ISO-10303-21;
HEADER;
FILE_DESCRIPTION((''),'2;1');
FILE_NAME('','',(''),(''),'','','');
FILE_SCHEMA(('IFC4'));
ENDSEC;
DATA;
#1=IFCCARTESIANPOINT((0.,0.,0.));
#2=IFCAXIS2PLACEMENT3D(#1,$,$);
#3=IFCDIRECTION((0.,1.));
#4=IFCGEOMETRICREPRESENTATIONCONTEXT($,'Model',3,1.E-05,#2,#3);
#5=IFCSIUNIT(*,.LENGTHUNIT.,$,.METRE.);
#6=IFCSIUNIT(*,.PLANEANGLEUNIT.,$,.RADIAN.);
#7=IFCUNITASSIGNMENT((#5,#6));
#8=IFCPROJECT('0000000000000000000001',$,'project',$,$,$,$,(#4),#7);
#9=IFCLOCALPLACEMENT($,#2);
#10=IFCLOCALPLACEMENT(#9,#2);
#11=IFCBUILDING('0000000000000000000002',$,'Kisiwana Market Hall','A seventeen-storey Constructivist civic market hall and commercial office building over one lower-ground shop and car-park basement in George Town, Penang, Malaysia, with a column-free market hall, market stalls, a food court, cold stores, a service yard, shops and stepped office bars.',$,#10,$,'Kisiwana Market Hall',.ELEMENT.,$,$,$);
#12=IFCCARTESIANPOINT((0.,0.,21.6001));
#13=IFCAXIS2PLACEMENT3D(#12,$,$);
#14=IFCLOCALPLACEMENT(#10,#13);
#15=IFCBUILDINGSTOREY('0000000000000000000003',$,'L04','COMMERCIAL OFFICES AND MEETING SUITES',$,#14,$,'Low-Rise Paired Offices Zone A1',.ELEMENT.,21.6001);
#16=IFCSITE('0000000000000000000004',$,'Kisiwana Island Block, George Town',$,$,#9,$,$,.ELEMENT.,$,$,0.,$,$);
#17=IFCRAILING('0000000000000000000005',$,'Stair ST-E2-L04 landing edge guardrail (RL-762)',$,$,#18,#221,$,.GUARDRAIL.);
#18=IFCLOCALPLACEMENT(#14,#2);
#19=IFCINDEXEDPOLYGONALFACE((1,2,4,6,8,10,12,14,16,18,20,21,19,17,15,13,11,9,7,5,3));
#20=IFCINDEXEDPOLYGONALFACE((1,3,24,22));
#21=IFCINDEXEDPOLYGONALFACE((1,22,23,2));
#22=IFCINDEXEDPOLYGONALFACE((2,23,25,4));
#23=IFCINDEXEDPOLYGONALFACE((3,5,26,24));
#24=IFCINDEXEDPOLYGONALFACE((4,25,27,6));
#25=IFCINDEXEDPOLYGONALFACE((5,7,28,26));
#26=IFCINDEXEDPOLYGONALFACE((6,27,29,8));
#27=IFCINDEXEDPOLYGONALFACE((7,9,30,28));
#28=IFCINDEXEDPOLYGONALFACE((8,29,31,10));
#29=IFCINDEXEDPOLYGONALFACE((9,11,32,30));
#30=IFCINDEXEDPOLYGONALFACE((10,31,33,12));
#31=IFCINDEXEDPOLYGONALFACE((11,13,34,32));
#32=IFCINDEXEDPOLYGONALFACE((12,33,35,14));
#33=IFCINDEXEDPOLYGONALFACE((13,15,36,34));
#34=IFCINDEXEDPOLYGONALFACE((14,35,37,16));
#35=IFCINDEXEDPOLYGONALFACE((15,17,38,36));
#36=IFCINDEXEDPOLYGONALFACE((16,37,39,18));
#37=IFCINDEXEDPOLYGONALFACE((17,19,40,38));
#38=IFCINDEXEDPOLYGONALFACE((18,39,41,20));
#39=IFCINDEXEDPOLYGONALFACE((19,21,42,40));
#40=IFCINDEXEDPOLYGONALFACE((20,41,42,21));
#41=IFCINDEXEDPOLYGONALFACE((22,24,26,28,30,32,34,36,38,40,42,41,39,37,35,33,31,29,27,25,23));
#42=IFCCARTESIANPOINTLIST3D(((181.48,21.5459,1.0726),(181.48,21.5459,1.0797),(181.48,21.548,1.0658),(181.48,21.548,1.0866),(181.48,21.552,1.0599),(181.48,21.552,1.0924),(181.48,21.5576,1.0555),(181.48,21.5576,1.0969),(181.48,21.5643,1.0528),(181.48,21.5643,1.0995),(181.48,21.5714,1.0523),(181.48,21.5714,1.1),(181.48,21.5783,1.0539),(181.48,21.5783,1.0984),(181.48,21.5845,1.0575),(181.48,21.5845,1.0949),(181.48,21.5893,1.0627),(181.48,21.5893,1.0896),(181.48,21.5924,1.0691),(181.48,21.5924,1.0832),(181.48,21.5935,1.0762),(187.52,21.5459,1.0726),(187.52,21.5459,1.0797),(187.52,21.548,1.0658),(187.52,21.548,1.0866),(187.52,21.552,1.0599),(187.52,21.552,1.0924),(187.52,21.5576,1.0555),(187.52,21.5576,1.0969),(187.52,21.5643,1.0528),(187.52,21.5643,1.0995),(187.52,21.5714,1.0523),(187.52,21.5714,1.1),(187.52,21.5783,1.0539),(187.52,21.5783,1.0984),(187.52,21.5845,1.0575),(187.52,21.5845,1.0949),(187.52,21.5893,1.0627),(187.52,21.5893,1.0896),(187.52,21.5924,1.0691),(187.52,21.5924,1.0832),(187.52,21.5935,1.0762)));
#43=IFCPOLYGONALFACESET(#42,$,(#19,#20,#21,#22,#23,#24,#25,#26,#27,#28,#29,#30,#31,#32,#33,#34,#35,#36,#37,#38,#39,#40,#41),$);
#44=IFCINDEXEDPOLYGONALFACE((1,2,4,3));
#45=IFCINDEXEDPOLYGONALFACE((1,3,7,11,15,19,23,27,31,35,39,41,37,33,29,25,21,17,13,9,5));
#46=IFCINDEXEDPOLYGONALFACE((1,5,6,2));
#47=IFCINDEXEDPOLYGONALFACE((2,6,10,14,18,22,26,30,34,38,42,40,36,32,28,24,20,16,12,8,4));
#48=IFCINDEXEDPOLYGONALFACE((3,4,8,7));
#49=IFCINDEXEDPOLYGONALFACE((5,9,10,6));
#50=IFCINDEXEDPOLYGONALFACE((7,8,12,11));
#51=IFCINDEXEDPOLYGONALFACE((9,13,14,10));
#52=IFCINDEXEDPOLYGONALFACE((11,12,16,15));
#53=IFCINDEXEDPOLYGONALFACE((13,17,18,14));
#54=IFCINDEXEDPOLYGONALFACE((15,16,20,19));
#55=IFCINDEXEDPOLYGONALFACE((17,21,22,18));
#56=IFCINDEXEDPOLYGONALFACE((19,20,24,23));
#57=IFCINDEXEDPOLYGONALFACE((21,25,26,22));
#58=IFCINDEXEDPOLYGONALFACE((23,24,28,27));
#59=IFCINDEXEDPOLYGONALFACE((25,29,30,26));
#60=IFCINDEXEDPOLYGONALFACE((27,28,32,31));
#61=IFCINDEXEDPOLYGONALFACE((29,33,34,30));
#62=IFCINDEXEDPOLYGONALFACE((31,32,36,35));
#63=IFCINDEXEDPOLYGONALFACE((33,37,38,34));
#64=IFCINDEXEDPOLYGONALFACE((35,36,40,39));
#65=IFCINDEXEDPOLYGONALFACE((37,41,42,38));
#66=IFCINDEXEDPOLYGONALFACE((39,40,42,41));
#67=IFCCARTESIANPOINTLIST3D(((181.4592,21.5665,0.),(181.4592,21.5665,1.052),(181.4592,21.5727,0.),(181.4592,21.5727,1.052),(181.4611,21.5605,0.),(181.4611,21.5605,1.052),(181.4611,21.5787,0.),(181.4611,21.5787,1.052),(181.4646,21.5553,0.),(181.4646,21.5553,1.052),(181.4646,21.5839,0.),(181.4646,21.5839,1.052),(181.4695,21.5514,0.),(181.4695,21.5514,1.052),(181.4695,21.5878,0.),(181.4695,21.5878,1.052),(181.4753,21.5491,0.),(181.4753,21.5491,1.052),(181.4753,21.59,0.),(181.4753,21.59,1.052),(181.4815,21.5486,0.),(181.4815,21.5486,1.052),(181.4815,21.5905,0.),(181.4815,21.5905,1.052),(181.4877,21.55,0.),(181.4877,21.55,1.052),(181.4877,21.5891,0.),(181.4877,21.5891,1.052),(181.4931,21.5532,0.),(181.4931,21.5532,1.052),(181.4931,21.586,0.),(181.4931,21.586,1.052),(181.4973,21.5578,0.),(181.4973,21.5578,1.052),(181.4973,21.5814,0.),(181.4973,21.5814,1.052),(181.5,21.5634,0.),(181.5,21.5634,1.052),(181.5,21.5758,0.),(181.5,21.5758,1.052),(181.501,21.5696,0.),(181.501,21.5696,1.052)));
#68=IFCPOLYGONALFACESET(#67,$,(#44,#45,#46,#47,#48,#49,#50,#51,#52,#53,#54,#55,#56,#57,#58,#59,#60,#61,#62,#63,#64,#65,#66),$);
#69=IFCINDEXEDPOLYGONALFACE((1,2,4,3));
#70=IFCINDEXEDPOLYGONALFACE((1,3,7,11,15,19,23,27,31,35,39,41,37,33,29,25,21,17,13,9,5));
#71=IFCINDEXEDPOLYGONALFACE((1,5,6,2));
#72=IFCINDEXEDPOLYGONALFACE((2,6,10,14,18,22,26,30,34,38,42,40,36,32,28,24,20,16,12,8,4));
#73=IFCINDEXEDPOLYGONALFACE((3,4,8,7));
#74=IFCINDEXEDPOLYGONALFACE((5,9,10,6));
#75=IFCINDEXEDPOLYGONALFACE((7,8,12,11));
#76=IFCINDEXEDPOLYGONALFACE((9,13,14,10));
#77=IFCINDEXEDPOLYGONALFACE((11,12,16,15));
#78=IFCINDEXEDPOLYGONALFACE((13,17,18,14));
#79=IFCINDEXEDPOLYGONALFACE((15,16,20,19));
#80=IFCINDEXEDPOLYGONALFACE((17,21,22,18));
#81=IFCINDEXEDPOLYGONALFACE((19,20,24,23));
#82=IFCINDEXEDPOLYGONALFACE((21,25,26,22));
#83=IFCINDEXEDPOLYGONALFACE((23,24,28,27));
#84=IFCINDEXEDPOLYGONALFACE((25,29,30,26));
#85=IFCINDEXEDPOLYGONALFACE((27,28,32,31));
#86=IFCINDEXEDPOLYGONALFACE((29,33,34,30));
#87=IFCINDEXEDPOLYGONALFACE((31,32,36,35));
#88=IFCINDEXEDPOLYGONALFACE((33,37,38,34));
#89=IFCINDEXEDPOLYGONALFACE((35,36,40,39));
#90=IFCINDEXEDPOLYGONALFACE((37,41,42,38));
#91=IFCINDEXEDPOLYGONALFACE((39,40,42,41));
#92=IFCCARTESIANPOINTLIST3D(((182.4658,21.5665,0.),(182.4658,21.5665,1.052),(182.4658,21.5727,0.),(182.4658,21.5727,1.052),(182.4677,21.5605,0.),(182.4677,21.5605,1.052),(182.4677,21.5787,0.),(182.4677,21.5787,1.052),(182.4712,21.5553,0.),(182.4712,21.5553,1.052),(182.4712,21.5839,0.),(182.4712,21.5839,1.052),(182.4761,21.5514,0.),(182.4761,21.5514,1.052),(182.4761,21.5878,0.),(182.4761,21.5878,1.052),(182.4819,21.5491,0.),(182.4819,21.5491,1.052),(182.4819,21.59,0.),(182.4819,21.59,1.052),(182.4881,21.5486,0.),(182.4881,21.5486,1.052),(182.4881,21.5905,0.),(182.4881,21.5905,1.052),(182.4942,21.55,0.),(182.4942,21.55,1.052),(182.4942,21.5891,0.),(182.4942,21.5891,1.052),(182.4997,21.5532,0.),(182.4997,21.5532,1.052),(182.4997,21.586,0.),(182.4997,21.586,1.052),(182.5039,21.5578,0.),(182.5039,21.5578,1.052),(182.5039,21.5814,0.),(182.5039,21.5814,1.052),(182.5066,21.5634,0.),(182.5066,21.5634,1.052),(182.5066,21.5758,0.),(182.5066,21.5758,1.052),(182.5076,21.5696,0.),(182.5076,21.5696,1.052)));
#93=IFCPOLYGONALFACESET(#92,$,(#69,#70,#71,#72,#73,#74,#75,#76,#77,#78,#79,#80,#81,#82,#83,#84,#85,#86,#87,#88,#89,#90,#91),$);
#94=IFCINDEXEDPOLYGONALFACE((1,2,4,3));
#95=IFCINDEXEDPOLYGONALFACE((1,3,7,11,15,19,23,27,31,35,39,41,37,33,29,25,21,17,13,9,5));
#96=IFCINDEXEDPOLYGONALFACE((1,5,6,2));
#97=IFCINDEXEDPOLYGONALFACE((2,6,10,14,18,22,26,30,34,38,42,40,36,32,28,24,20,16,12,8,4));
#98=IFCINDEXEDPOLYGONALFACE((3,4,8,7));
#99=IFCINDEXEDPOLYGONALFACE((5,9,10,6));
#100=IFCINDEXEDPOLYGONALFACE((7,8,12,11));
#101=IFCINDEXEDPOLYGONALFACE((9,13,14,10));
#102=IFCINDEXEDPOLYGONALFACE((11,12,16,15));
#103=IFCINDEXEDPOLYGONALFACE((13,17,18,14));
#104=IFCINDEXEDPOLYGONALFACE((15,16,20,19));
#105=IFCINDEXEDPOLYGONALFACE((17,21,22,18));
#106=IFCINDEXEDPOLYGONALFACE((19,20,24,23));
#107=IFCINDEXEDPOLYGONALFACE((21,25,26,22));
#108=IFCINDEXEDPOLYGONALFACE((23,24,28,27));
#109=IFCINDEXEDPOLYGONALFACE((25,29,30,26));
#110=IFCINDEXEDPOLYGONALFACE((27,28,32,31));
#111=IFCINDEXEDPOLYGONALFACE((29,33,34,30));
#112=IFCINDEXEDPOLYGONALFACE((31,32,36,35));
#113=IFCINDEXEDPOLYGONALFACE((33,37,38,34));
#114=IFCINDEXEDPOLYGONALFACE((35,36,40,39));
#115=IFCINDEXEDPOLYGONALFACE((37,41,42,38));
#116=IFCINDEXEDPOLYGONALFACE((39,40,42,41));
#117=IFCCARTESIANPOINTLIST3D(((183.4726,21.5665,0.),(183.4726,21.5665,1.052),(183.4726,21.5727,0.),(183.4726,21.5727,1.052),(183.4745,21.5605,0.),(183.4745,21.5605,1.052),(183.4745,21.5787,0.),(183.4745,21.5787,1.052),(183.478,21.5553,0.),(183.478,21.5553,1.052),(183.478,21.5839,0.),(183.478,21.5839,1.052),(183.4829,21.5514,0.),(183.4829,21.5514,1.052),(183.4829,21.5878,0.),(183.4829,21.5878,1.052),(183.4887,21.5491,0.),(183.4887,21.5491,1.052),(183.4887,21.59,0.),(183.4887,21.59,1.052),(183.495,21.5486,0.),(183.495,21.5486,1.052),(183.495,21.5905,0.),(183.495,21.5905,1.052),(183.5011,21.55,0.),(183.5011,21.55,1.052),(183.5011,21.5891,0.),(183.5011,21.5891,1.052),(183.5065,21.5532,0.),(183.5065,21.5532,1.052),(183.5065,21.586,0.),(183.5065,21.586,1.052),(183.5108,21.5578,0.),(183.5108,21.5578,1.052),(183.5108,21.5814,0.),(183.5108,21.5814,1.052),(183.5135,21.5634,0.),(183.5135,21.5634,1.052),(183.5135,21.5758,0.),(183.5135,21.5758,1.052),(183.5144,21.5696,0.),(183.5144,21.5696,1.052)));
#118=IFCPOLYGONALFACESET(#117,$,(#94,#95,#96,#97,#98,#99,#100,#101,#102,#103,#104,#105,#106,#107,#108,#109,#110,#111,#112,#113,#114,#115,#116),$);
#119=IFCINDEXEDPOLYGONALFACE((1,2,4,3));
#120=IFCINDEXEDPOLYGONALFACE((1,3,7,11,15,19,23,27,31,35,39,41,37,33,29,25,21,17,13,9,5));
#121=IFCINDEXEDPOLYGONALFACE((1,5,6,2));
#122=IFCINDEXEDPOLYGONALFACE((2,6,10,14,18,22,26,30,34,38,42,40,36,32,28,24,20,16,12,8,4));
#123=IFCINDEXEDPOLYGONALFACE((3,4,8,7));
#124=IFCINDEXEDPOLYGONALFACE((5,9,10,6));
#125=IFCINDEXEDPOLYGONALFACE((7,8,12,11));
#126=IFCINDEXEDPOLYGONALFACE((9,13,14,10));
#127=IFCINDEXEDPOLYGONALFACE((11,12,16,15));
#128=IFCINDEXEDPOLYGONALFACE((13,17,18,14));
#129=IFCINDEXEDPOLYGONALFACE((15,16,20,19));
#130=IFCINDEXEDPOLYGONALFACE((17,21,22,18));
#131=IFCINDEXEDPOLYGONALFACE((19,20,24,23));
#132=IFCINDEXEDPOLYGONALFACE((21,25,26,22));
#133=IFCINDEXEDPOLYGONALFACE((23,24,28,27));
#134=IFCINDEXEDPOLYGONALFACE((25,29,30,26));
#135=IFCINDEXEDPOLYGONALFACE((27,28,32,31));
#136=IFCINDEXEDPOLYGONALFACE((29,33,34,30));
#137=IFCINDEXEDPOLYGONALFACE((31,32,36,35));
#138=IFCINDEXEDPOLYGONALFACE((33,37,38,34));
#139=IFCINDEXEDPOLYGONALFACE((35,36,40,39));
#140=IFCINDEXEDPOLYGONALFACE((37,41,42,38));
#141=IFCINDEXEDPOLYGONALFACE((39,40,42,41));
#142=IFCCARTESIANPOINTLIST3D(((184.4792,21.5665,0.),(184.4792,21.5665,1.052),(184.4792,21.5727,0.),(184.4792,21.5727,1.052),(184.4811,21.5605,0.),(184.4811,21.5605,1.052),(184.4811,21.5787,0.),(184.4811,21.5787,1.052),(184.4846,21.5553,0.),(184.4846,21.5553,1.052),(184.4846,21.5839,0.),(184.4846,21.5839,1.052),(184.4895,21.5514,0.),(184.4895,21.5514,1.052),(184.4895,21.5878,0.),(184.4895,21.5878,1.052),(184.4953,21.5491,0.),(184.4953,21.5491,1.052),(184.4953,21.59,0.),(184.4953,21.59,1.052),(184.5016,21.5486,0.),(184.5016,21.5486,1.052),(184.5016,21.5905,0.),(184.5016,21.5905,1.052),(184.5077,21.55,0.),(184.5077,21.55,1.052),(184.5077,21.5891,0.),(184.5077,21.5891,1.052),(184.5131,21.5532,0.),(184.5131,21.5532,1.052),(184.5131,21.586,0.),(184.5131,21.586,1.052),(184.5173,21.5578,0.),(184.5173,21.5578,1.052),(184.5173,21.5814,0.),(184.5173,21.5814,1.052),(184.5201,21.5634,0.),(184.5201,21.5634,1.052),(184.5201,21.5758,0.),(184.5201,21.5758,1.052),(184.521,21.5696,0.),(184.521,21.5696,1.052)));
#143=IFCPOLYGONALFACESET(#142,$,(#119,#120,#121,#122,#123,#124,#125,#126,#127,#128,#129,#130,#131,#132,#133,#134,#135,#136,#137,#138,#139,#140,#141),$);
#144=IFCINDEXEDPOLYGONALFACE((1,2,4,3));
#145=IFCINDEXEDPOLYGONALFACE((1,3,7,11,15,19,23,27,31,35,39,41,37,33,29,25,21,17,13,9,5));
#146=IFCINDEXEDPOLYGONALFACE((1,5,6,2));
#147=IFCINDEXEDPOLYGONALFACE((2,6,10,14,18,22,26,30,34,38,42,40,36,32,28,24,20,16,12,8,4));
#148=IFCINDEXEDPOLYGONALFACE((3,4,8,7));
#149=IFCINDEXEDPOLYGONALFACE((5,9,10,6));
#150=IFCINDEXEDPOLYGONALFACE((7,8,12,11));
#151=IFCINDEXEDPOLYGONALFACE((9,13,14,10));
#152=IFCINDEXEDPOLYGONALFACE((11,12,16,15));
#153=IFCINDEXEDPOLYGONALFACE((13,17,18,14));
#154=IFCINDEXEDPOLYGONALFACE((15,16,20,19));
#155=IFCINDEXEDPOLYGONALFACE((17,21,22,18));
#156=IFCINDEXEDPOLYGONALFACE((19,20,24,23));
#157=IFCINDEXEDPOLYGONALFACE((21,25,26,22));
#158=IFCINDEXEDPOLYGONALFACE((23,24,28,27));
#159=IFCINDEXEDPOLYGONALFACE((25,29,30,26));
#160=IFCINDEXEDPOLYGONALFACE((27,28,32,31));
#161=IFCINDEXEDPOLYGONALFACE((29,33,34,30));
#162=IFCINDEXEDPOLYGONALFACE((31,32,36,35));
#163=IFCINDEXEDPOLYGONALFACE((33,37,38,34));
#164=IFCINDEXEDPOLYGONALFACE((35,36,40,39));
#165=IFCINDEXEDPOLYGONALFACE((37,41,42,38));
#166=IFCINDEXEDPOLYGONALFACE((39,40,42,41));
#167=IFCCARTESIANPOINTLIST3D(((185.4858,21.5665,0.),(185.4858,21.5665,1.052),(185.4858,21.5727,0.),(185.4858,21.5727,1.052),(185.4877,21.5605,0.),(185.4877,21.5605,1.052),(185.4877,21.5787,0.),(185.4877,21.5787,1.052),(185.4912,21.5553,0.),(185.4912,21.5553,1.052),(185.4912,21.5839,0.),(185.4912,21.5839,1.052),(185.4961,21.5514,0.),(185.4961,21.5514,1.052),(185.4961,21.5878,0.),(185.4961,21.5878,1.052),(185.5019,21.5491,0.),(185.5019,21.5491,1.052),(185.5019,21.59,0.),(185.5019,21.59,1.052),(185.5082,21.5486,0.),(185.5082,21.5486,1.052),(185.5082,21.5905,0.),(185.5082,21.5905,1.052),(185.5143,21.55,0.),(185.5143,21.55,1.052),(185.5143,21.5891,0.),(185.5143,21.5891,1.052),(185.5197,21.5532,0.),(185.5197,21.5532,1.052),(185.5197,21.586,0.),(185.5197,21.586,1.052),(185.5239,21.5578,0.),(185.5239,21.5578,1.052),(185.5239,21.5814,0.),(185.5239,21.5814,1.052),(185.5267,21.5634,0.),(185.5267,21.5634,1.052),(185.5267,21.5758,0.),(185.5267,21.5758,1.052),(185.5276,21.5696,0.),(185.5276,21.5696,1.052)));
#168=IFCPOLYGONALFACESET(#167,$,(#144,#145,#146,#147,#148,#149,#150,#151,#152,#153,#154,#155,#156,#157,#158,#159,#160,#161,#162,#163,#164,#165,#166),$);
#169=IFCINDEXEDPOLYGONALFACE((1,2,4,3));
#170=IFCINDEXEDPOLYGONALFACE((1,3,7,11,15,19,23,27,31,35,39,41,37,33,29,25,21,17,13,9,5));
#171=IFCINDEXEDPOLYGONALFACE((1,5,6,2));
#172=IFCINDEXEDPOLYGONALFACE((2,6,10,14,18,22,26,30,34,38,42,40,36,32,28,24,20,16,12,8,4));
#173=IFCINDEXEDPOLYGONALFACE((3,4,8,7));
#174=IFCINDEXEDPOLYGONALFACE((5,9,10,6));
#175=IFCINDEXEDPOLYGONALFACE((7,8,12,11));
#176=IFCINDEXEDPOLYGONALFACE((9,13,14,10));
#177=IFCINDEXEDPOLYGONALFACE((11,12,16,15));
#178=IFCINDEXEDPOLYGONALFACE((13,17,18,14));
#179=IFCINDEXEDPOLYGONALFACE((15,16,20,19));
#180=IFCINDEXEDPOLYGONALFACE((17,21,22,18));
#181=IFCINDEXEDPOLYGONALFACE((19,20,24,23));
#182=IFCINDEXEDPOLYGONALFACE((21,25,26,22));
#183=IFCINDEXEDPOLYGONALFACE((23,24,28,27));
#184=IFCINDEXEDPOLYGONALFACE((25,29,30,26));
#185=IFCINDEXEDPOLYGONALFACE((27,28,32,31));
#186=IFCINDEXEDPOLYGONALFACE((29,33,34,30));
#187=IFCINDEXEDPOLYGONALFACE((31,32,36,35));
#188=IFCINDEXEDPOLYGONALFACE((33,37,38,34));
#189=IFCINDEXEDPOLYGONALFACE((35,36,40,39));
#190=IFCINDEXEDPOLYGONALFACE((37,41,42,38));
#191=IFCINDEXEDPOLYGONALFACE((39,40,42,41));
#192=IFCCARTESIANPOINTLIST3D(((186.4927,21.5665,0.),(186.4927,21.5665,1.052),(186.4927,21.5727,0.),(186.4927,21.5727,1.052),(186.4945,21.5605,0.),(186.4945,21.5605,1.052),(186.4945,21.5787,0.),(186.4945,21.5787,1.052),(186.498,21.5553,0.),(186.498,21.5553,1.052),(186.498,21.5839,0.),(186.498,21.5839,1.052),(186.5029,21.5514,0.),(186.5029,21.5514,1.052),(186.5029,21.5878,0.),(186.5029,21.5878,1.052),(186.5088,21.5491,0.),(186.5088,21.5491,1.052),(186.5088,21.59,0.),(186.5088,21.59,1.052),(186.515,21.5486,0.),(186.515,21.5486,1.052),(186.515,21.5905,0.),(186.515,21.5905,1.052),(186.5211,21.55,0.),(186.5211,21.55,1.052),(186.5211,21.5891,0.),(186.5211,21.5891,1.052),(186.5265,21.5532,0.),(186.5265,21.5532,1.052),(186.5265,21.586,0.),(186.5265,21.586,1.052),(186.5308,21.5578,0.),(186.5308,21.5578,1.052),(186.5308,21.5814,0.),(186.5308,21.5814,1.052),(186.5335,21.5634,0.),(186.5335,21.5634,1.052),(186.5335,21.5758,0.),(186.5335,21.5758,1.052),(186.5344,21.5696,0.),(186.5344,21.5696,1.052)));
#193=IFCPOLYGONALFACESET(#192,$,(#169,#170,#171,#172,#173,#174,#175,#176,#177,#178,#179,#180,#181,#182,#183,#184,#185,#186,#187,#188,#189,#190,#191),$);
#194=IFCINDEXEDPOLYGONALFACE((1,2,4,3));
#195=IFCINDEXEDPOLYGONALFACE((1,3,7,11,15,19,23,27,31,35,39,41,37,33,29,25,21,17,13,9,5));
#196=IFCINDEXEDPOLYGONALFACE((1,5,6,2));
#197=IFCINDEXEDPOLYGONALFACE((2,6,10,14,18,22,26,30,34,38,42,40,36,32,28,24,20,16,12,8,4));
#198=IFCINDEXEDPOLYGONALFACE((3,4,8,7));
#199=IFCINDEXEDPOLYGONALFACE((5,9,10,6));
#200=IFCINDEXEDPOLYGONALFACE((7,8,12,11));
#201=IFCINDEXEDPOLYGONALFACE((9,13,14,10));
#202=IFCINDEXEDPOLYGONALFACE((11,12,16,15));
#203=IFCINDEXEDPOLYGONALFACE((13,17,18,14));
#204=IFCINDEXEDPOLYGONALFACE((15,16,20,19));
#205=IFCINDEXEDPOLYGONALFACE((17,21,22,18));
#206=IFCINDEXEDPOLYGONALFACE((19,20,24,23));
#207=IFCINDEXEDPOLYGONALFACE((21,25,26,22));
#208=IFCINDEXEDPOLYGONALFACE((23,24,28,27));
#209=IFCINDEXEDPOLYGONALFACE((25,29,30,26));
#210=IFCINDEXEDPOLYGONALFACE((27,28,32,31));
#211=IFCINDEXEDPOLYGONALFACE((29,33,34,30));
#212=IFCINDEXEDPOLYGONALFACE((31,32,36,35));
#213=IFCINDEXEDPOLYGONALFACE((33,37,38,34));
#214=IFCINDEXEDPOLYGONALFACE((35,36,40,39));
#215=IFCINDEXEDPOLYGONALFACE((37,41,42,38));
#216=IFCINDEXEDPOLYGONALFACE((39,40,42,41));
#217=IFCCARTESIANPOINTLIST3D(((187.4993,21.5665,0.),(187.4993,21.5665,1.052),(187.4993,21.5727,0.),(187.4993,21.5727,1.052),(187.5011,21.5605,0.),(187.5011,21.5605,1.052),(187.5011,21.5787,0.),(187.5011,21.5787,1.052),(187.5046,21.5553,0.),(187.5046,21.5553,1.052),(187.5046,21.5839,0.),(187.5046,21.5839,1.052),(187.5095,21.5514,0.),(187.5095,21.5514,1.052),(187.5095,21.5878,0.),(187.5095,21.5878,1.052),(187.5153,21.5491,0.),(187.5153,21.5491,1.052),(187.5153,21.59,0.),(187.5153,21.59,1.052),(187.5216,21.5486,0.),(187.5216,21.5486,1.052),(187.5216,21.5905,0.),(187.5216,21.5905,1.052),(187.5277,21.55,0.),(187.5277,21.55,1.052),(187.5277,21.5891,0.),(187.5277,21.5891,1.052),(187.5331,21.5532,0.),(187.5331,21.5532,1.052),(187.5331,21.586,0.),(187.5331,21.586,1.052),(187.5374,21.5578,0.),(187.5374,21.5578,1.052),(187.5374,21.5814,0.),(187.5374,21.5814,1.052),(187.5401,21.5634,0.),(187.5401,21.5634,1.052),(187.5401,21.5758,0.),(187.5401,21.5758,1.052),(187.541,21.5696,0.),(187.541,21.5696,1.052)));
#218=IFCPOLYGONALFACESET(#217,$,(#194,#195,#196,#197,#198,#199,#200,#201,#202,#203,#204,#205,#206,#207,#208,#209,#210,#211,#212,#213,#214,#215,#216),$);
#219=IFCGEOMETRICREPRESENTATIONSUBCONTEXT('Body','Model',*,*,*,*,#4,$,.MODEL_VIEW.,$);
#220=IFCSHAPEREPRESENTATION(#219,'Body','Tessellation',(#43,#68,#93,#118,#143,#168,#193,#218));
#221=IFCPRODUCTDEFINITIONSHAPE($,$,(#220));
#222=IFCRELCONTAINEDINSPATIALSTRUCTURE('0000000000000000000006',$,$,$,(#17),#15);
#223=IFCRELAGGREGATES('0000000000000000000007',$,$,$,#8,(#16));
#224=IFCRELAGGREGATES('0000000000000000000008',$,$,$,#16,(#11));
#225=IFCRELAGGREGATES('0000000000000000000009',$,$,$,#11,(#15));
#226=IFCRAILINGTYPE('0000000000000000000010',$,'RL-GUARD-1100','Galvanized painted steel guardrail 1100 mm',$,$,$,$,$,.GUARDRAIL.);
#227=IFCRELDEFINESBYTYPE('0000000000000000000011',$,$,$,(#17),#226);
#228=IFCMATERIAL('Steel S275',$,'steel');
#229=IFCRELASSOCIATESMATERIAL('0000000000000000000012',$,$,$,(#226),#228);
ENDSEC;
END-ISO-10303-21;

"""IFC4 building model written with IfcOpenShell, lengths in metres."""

from ifc_helpers import new_model, si_unit, direction, frame, origin, origin_2d, place, context, subcontext, project, spatial, circle, extrude, material, type_object, element, save


model = new_model("IFC4")

# Units and contexts
model_context = context("Model", 3, precision=1e-05, world=origin(), true_north=direction((0.0, 1.0)))
body_context = subcontext(model_context, "Body", "Model", "MODEL_VIEW")
ifc_project = project(units=[si_unit("LENGTHUNIT", "METRE"), si_unit("PLANEANGLEUNIT", "RADIAN")], contexts=[model_context])

# Site, building, storey
site_placement = place(None, origin())
site = spatial("IfcSite", under=ifc_project, at=site_placement, Name="Kisiwana Island Block, George Town", CompositionType="ELEMENT", RefElevation=0.0)
building_placement = place(site_placement, origin())
building = spatial("IfcBuilding", under=site, at=building_placement, Name="Kisiwana Market Hall", Description="A seventeen-storey Constructivist civic market hall and commercial office building over one lower-ground shop and car-park basement in George Town, Penang, Malaysia, with a column-free market hall, market stalls, a food court, cold stores, a service yard, shops and stepped office bars.", LongName="Kisiwana Market Hall", CompositionType="ELEMENT")
storey_placement = place(building_placement, frame((0.0, 0.0, 21.6001)))
storey = spatial("IfcBuildingStorey", under=building, at=storey_placement, Name="L04", Description="COMMERCIAL OFFICES AND MEETING SUITES", LongName="Low-Rise Paired Offices Zone A1", CompositionType="ELEMENT", Elevation=21.6001)

# Railing
ifc_material_1 = material(Name="Steel S275", Category="steel")
railing_type_1 = type_object("IfcRailingType", Name="RL-GUARD-1100", Description="Galvanized painted steel guardrail 1100 mm", PredefinedType="GUARDRAIL", material=ifc_material_1)
railing_1_placement = place(storey_placement, frame((181.48, 21.5696, 0.0)))
element("IfcRailing", 1, at=railing_1_placement, inside=storey, type_object=railing_type_1, Name="Stair ST-E2-L04 landing edge guardrail (RL-762)", PredefinedType="GUARDRAIL", context=body_context, shape_type="SweptSolid", body=[
    extrude(circle(Radius=0.0239, at=origin_2d()), frame((0.0, 0.0, 1.0762), z_axis=(1.0, 0.0, 0.0), x_axis=(0.0, 1.0, 0.0)), (0.0, 0.0, 1.0), 6.04),
    extrude(circle(Radius=0.021, at=origin_2d()), origin(), (0.0, 0.0, 1.0), 1.052),
    extrude(circle(Radius=0.021, at=origin_2d()), frame((1.0066, 0.0, 0.0)), (0.0, 0.0, 1.0), 1.052),
    extrude(circle(Radius=0.021, at=origin_2d()), frame((2.0134, 0.0, 0.0)), (0.0, 0.0, 1.0), 1.052),
    extrude(circle(Radius=0.021, at=origin_2d()), frame((3.02, 0.0, 0.0)), (0.0, 0.0, 1.0), 1.052),
    extrude(circle(Radius=0.021, at=origin_2d()), frame((4.0266, 0.0, 0.0)), (0.0, 0.0, 1.0), 1.052),
    extrude(circle(Radius=0.021, at=origin_2d()), frame((5.0334, 0.0, 0.0)), (0.0, 0.0, 1.0), 1.052),
    extrude(circle(Radius=0.021, at=origin_2d()), frame((6.04, 0.0, 0.0)), (0.0, 0.0, 1.0), 1.052),
])

save(model, "model.ifc")
